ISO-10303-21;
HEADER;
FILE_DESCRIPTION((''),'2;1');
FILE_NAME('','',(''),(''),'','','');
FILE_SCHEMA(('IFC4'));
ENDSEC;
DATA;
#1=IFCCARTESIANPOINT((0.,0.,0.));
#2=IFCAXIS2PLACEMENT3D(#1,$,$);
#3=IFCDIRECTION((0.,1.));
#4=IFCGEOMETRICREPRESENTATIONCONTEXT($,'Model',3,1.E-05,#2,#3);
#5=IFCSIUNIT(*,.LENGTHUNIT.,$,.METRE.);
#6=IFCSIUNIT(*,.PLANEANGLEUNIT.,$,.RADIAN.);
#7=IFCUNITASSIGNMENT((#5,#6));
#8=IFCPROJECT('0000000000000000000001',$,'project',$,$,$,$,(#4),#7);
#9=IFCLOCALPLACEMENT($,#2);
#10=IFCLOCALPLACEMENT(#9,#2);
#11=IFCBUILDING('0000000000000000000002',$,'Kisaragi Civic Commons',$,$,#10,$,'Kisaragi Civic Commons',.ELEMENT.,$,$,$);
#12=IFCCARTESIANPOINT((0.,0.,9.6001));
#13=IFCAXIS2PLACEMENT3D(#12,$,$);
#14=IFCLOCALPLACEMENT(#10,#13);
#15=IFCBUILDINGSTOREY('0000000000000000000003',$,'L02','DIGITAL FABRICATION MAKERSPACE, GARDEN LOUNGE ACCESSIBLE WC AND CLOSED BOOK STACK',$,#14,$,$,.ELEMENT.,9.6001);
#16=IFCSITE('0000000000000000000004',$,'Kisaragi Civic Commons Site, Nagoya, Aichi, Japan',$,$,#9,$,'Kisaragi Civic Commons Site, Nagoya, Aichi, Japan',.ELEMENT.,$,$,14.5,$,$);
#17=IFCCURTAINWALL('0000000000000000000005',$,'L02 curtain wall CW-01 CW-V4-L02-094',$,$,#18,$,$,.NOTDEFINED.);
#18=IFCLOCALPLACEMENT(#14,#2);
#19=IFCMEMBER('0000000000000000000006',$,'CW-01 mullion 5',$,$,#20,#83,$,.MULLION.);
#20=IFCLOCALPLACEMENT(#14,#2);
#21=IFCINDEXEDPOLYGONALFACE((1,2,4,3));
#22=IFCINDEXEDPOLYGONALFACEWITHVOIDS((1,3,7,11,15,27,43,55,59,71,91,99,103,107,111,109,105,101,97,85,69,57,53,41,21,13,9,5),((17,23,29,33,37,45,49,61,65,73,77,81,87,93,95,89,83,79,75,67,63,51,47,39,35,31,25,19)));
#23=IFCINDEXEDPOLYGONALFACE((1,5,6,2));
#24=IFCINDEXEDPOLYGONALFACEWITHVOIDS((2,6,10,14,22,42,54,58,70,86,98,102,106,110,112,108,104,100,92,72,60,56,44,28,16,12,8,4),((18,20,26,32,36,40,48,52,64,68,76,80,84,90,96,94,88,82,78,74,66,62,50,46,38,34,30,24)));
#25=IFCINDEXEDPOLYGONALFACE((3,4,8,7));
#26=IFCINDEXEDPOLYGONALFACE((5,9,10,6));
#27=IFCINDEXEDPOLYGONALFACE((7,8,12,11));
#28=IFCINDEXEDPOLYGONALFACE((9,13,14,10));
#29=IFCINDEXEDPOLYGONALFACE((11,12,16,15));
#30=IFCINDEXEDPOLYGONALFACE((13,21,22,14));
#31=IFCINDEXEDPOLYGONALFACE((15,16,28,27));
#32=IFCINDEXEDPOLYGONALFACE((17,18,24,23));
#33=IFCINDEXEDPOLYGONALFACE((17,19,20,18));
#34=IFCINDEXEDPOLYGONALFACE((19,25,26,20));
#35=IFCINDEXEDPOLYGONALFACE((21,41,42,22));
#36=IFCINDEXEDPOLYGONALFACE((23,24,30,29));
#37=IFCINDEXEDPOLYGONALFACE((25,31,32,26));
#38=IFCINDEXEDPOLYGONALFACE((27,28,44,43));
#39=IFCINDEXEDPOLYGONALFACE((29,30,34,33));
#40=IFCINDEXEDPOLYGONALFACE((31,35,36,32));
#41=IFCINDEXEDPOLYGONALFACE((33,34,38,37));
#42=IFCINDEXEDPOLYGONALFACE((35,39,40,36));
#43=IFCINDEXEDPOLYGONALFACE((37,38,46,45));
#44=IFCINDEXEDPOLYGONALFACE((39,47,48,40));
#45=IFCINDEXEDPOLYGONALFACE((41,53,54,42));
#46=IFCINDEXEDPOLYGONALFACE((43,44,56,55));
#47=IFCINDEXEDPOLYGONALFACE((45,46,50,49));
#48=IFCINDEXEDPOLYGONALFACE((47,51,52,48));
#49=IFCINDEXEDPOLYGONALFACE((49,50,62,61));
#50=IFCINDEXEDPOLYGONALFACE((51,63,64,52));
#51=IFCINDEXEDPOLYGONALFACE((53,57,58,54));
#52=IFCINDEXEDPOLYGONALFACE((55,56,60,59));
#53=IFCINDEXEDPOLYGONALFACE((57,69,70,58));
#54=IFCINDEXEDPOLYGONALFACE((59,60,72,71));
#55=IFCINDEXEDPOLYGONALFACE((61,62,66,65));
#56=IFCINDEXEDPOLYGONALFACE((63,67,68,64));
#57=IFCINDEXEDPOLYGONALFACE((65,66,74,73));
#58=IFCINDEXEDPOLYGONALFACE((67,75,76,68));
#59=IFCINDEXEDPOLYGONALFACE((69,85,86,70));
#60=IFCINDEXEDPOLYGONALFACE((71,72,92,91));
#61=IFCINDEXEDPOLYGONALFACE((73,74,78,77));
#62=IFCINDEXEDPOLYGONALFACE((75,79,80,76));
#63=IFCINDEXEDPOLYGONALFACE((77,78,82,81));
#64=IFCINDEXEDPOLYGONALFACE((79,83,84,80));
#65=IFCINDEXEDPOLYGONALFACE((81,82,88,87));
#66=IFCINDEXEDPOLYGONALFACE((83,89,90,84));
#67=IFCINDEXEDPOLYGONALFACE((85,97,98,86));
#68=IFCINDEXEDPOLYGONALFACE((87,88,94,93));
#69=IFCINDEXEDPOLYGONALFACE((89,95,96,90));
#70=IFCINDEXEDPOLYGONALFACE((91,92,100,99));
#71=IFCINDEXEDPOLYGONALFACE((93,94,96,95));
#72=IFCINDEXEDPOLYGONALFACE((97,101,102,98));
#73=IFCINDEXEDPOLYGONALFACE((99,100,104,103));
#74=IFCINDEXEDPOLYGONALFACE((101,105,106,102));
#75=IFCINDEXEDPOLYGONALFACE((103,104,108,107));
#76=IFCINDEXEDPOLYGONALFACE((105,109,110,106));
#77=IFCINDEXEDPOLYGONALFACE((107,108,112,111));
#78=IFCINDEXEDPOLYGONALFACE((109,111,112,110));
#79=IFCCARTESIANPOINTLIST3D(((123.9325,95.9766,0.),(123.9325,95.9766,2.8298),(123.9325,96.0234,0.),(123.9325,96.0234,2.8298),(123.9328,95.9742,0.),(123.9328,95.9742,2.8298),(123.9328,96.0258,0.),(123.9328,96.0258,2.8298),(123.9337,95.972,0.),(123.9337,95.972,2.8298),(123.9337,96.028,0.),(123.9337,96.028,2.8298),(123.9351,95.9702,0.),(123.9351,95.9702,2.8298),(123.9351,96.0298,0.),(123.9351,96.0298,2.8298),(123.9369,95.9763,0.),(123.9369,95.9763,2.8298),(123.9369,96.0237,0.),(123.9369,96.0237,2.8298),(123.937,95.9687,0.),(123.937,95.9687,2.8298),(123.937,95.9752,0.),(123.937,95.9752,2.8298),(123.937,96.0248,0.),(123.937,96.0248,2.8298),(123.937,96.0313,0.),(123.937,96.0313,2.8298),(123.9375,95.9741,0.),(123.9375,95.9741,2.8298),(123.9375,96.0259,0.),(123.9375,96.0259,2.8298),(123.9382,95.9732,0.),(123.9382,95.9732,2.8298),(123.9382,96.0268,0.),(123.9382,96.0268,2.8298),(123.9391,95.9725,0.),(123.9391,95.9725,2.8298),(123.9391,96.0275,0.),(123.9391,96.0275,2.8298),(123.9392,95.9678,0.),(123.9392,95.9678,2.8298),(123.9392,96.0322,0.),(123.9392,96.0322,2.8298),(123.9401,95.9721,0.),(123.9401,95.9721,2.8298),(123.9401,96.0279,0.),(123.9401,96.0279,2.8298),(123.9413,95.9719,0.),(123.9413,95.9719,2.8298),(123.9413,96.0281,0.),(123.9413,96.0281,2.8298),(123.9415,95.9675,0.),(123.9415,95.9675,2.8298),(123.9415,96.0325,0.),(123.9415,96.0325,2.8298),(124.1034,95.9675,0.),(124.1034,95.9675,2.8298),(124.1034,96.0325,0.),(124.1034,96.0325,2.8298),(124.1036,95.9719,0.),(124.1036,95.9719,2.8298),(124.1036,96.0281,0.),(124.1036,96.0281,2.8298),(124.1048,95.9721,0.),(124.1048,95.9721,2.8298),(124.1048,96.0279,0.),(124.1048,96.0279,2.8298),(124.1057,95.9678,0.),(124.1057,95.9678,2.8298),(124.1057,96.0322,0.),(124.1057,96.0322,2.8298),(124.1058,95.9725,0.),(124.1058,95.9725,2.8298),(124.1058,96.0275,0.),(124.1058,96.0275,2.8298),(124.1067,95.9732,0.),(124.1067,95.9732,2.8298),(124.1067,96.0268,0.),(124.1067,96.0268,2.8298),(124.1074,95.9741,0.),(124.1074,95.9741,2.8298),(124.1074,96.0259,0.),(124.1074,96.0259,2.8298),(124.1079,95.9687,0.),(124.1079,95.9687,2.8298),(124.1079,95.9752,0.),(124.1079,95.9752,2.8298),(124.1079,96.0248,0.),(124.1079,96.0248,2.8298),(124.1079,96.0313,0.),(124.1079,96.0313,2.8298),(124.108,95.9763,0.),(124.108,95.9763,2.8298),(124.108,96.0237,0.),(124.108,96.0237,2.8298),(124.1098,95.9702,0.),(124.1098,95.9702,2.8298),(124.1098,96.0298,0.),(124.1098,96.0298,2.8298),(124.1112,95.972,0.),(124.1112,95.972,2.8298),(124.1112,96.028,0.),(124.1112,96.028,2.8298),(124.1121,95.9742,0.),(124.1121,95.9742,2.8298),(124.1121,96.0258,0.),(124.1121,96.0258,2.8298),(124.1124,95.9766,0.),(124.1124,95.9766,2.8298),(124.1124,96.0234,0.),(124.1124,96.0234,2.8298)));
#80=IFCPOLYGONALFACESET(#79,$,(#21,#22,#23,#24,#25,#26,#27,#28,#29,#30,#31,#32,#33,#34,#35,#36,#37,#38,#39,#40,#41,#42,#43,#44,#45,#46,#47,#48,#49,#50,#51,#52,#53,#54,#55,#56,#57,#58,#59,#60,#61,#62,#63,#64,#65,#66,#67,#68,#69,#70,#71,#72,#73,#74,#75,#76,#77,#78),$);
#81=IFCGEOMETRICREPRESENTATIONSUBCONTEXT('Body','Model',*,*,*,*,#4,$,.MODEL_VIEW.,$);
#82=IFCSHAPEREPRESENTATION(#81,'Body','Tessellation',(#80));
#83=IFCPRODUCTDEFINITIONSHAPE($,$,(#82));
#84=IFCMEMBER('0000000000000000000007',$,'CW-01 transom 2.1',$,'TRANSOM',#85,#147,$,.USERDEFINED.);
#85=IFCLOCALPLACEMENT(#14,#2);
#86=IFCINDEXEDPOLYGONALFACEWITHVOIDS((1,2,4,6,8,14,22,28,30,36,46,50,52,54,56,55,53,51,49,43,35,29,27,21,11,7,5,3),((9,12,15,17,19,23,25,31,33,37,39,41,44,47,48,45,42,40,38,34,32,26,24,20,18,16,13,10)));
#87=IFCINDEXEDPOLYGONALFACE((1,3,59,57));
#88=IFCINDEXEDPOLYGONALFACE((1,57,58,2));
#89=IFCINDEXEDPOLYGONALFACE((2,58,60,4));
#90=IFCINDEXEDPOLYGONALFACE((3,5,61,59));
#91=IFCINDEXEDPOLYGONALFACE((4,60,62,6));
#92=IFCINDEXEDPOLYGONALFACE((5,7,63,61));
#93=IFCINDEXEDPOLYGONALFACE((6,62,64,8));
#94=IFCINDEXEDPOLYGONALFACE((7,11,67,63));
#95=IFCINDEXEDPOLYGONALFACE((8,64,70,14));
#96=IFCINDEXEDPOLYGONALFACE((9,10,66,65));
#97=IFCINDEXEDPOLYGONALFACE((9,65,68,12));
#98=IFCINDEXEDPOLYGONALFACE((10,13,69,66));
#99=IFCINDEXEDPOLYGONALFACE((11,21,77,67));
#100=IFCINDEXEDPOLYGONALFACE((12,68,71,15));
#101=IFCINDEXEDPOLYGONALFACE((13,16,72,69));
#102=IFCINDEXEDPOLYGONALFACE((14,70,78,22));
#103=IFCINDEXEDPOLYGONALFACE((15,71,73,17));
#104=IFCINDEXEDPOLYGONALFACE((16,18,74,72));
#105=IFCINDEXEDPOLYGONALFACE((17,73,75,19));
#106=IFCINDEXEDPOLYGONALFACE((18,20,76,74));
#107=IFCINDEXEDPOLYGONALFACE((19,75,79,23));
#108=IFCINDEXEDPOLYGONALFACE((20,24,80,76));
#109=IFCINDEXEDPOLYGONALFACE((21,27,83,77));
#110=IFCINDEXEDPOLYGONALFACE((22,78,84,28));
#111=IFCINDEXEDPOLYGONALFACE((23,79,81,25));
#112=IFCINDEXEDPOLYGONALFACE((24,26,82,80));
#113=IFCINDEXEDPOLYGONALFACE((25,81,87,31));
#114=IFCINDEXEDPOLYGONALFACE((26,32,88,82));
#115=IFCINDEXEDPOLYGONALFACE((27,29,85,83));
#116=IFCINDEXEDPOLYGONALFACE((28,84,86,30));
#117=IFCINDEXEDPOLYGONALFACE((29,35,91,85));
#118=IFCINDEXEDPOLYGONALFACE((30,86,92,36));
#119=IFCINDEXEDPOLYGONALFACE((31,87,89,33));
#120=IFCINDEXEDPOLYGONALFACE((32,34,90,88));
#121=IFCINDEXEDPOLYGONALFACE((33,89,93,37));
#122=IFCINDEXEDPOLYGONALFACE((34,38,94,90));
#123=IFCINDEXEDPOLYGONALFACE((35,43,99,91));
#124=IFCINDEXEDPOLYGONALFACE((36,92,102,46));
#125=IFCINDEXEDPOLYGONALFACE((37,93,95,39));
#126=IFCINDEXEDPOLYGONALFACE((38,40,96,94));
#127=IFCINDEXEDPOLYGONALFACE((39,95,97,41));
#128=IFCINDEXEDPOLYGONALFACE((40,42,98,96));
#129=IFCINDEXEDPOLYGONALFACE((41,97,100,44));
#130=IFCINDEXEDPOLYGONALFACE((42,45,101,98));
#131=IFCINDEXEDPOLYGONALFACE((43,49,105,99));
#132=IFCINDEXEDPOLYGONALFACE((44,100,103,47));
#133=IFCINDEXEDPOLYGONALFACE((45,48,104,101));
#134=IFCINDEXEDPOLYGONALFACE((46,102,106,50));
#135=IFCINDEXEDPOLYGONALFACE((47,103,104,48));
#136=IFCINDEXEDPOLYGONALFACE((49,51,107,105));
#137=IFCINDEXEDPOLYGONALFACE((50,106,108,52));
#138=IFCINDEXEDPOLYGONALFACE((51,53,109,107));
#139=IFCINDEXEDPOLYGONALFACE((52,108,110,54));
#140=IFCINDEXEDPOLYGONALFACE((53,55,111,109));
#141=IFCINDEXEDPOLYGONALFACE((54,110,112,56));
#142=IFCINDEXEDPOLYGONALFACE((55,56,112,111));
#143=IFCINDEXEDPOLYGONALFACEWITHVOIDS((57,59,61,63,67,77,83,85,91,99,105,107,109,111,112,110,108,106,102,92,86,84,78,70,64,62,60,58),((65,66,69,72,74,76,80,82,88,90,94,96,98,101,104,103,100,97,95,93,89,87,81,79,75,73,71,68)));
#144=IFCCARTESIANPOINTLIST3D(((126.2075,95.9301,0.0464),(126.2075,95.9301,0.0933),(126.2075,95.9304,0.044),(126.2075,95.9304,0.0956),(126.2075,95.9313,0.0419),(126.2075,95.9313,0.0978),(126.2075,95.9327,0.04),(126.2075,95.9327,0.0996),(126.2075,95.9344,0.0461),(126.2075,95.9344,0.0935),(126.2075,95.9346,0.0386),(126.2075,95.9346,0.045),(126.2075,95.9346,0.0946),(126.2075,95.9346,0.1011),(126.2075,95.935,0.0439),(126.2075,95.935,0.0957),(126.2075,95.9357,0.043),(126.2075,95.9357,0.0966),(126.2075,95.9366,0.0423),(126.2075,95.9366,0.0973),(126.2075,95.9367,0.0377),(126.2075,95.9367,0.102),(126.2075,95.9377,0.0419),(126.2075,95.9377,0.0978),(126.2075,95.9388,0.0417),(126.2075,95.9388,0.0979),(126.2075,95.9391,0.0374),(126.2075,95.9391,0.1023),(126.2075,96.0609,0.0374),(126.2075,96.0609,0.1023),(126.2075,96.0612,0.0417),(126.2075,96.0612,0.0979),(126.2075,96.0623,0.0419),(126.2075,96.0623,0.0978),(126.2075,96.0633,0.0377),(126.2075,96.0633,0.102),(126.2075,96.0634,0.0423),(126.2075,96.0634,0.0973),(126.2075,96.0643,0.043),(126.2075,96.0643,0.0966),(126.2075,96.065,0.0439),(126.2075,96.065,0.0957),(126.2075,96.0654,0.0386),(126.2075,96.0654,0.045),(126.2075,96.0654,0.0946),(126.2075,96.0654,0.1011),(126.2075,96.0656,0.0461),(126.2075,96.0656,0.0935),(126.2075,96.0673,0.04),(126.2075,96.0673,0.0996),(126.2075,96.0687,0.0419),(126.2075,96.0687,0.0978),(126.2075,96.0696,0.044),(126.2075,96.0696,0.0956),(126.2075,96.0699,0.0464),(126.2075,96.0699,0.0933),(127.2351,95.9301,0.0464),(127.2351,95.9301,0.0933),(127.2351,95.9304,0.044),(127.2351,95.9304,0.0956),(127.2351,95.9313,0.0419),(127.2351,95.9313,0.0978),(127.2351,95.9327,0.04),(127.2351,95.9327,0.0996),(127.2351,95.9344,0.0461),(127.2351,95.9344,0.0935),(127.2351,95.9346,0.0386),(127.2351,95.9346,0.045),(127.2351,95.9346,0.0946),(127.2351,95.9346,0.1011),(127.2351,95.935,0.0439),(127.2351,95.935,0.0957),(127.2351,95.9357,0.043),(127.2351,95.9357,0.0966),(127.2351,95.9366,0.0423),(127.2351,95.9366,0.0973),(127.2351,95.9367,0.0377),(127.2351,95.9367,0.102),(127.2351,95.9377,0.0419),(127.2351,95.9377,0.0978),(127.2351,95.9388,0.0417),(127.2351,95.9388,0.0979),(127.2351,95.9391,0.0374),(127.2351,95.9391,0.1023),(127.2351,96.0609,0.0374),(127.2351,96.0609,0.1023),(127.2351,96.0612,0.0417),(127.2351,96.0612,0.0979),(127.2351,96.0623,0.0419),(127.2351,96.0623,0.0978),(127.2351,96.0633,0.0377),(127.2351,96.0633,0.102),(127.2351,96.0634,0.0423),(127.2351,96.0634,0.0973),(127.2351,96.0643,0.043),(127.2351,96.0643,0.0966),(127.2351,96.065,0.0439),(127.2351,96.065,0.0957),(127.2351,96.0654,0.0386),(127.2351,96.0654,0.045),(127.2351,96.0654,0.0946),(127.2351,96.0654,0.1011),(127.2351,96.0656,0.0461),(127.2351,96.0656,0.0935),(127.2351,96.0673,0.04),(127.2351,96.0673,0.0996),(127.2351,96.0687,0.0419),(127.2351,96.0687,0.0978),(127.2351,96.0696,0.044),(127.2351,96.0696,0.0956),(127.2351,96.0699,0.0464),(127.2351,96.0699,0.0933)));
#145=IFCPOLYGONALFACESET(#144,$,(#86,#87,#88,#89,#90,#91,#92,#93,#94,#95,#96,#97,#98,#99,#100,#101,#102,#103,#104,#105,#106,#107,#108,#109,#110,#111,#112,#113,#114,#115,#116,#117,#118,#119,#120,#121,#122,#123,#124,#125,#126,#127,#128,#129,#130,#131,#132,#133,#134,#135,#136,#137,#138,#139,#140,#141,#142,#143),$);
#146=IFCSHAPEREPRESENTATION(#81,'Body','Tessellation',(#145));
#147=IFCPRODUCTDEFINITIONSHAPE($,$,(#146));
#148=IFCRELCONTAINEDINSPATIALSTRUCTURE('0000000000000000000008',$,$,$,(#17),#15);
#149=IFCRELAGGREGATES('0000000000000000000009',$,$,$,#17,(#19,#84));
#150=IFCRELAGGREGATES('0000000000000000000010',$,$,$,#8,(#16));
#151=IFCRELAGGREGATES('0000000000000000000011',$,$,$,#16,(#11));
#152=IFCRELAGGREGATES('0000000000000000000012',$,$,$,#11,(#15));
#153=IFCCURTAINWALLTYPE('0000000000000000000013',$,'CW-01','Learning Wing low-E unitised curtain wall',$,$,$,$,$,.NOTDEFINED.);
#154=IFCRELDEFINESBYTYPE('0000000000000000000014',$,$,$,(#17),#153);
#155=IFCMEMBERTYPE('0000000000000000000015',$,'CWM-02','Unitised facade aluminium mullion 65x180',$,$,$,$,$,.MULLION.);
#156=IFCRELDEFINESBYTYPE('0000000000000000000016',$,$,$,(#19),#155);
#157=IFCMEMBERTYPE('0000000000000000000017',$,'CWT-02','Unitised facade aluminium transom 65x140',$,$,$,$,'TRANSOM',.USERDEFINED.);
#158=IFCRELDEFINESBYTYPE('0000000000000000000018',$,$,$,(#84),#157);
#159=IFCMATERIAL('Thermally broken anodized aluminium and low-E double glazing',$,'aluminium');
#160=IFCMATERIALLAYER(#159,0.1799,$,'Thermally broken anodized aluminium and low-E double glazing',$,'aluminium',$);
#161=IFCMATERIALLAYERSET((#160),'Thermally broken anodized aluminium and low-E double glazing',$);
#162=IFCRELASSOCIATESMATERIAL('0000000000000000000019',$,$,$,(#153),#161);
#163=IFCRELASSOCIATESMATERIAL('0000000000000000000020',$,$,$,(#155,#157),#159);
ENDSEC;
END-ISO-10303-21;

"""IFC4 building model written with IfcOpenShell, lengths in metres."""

from ifc_helpers import new_model, si_unit, direction, frame, origin, origin_2d, place, context, subcontext, project, spatial, hollow_rectangle, extrude, material, layer, layer_set, material_profile, profile_set, type_object, element, aggregate, save


model = new_model("IFC4")

# Units and contexts
model_context = context("Model", 3, precision=1e-05, world=origin(), true_north=direction((0.0, 1.0)))
body_context = subcontext(model_context, "Body", "Model", "MODEL_VIEW")
ifc_project = project(units=[si_unit("LENGTHUNIT", "METRE"), si_unit("PLANEANGLEUNIT", "RADIAN")], contexts=[model_context])

# Site, building, storey
site_placement = place(None, origin())
site = spatial("IfcSite", under=ifc_project, at=site_placement, Name="Kisaragi Civic Commons Site, Nagoya, Aichi, Japan", LongName="Kisaragi Civic Commons Site, Nagoya, Aichi, Japan", CompositionType="ELEMENT", RefElevation=14.5)
building_placement = place(site_placement, origin())
building = spatial("IfcBuilding", under=site, at=building_placement, Name="Kisaragi Civic Commons", LongName="Kisaragi Civic Commons", CompositionType="ELEMENT")
storey_placement = place(building_placement, frame((0.0, 0.0, 9.6001)))
storey = spatial("IfcBuildingStorey", under=building, at=storey_placement, Name="L02", Description="DIGITAL FABRICATION MAKERSPACE, GARDEN LOUNGE ACCESSIBLE WC AND CLOSED BOOK STACK", CompositionType="ELEMENT", Elevation=9.6001)

# Curtain wall, members
ifc_material_1 = material(Name="Thermally broken anodized aluminium and low-E double glazing", Category="aluminium")
ifc_layer_1 = layer(ifc_material_1, 0.1799, Name="Thermally broken anodized aluminium and low-E double glazing", Category="aluminium")
ifc_layer_set_1 = layer_set([ifc_layer_1], Name="Thermally broken anodized aluminium and low-E double glazing")
curtain_wall_type = type_object("IfcCurtainWallType", Name="CW-01", Description="Learning Wing low-E unitised curtain wall", PredefinedType="NOTDEFINED", material=ifc_layer_set_1)
curtain_wall_placement = place(storey_placement, origin())
curtain_wall = element("IfcCurtainWall", 1, at=curtain_wall_placement, inside=storey, type_object=curtain_wall_type, Name="L02 curtain wall CW-01 CW-V4-L02-094", PredefinedType="NOTDEFINED")
ifc_material_profile_1 = material_profile(ifc_material_1, hollow_rectangle(XDim=0.0649, YDim=0.1799, WallThickness=0.0044, InnerFilletRadius=0.0044, OuterFilletRadius=0.009, at=origin_2d()), Name="CWM-65x180x4.5", Category="aluminium")
ifc_profile_set_1 = profile_set([ifc_material_profile_1], Name="Thermally broken anodized aluminium and low-E double glazing")
member_type_1 = type_object("IfcMemberType", Name="CWM-02", Description="Unitised facade aluminium mullion 65x180", PredefinedType="MULLION", material=ifc_profile_set_1)
member_1_placement = place(storey_placement, frame((124.0225, 96.0, 0.0), z_axis=(0.0, 0.0, 1.0), x_axis=(0.0, -1.0, 0.0)))
member_1 = element("IfcMember", 2, at=member_1_placement, type_object=member_type_1, Name="CW-01 mullion 5", PredefinedType="MULLION", context=body_context, shape_type="SweptSolid", body=[
    extrude(hollow_rectangle(XDim=0.0649, YDim=0.1799, WallThickness=0.0044, InnerFilletRadius=0.0044, OuterFilletRadius=0.009, at=origin_2d()), origin(), (0.0, 0.0, 1.0), 2.8298),
])
ifc_material_profile_2 = material_profile(ifc_material_1, hollow_rectangle(XDim=0.1399, YDim=0.0649, WallThickness=0.0044, InnerFilletRadius=0.0044, OuterFilletRadius=0.009, at=origin_2d()), Name="CWT-65x140x4.5", Category="aluminium")
ifc_profile_set_2 = profile_set([ifc_material_profile_2], Name="Thermally broken anodized aluminium and low-E double glazing")
member_type_2 = type_object("IfcMemberType", Name="CWT-02", Description="Unitised facade aluminium transom 65x140", ElementType="TRANSOM", PredefinedType="USERDEFINED", material=ifc_profile_set_2)
member_2_placement = place(storey_placement, frame((127.2351, 96.0, 0.0698), z_axis=(-1.0, 0.0, 0.0), x_axis=(0.0, -1.0, 0.0)))
member_2 = element("IfcMember", 3, at=member_2_placement, type_object=member_type_2, Name="CW-01 transom 2.1", ObjectType="TRANSOM", PredefinedType="USERDEFINED", context=body_context, shape_type="SweptSolid", body=[
    extrude(hollow_rectangle(XDim=0.1399, YDim=0.0649, WallThickness=0.0044, InnerFilletRadius=0.0044, OuterFilletRadius=0.009, at=origin_2d()), origin(), (0.0, 0.0, 1.0), 1.0276),
])

aggregate(curtain_wall, [member_1, member_2])

save(model, "model.ifc")
